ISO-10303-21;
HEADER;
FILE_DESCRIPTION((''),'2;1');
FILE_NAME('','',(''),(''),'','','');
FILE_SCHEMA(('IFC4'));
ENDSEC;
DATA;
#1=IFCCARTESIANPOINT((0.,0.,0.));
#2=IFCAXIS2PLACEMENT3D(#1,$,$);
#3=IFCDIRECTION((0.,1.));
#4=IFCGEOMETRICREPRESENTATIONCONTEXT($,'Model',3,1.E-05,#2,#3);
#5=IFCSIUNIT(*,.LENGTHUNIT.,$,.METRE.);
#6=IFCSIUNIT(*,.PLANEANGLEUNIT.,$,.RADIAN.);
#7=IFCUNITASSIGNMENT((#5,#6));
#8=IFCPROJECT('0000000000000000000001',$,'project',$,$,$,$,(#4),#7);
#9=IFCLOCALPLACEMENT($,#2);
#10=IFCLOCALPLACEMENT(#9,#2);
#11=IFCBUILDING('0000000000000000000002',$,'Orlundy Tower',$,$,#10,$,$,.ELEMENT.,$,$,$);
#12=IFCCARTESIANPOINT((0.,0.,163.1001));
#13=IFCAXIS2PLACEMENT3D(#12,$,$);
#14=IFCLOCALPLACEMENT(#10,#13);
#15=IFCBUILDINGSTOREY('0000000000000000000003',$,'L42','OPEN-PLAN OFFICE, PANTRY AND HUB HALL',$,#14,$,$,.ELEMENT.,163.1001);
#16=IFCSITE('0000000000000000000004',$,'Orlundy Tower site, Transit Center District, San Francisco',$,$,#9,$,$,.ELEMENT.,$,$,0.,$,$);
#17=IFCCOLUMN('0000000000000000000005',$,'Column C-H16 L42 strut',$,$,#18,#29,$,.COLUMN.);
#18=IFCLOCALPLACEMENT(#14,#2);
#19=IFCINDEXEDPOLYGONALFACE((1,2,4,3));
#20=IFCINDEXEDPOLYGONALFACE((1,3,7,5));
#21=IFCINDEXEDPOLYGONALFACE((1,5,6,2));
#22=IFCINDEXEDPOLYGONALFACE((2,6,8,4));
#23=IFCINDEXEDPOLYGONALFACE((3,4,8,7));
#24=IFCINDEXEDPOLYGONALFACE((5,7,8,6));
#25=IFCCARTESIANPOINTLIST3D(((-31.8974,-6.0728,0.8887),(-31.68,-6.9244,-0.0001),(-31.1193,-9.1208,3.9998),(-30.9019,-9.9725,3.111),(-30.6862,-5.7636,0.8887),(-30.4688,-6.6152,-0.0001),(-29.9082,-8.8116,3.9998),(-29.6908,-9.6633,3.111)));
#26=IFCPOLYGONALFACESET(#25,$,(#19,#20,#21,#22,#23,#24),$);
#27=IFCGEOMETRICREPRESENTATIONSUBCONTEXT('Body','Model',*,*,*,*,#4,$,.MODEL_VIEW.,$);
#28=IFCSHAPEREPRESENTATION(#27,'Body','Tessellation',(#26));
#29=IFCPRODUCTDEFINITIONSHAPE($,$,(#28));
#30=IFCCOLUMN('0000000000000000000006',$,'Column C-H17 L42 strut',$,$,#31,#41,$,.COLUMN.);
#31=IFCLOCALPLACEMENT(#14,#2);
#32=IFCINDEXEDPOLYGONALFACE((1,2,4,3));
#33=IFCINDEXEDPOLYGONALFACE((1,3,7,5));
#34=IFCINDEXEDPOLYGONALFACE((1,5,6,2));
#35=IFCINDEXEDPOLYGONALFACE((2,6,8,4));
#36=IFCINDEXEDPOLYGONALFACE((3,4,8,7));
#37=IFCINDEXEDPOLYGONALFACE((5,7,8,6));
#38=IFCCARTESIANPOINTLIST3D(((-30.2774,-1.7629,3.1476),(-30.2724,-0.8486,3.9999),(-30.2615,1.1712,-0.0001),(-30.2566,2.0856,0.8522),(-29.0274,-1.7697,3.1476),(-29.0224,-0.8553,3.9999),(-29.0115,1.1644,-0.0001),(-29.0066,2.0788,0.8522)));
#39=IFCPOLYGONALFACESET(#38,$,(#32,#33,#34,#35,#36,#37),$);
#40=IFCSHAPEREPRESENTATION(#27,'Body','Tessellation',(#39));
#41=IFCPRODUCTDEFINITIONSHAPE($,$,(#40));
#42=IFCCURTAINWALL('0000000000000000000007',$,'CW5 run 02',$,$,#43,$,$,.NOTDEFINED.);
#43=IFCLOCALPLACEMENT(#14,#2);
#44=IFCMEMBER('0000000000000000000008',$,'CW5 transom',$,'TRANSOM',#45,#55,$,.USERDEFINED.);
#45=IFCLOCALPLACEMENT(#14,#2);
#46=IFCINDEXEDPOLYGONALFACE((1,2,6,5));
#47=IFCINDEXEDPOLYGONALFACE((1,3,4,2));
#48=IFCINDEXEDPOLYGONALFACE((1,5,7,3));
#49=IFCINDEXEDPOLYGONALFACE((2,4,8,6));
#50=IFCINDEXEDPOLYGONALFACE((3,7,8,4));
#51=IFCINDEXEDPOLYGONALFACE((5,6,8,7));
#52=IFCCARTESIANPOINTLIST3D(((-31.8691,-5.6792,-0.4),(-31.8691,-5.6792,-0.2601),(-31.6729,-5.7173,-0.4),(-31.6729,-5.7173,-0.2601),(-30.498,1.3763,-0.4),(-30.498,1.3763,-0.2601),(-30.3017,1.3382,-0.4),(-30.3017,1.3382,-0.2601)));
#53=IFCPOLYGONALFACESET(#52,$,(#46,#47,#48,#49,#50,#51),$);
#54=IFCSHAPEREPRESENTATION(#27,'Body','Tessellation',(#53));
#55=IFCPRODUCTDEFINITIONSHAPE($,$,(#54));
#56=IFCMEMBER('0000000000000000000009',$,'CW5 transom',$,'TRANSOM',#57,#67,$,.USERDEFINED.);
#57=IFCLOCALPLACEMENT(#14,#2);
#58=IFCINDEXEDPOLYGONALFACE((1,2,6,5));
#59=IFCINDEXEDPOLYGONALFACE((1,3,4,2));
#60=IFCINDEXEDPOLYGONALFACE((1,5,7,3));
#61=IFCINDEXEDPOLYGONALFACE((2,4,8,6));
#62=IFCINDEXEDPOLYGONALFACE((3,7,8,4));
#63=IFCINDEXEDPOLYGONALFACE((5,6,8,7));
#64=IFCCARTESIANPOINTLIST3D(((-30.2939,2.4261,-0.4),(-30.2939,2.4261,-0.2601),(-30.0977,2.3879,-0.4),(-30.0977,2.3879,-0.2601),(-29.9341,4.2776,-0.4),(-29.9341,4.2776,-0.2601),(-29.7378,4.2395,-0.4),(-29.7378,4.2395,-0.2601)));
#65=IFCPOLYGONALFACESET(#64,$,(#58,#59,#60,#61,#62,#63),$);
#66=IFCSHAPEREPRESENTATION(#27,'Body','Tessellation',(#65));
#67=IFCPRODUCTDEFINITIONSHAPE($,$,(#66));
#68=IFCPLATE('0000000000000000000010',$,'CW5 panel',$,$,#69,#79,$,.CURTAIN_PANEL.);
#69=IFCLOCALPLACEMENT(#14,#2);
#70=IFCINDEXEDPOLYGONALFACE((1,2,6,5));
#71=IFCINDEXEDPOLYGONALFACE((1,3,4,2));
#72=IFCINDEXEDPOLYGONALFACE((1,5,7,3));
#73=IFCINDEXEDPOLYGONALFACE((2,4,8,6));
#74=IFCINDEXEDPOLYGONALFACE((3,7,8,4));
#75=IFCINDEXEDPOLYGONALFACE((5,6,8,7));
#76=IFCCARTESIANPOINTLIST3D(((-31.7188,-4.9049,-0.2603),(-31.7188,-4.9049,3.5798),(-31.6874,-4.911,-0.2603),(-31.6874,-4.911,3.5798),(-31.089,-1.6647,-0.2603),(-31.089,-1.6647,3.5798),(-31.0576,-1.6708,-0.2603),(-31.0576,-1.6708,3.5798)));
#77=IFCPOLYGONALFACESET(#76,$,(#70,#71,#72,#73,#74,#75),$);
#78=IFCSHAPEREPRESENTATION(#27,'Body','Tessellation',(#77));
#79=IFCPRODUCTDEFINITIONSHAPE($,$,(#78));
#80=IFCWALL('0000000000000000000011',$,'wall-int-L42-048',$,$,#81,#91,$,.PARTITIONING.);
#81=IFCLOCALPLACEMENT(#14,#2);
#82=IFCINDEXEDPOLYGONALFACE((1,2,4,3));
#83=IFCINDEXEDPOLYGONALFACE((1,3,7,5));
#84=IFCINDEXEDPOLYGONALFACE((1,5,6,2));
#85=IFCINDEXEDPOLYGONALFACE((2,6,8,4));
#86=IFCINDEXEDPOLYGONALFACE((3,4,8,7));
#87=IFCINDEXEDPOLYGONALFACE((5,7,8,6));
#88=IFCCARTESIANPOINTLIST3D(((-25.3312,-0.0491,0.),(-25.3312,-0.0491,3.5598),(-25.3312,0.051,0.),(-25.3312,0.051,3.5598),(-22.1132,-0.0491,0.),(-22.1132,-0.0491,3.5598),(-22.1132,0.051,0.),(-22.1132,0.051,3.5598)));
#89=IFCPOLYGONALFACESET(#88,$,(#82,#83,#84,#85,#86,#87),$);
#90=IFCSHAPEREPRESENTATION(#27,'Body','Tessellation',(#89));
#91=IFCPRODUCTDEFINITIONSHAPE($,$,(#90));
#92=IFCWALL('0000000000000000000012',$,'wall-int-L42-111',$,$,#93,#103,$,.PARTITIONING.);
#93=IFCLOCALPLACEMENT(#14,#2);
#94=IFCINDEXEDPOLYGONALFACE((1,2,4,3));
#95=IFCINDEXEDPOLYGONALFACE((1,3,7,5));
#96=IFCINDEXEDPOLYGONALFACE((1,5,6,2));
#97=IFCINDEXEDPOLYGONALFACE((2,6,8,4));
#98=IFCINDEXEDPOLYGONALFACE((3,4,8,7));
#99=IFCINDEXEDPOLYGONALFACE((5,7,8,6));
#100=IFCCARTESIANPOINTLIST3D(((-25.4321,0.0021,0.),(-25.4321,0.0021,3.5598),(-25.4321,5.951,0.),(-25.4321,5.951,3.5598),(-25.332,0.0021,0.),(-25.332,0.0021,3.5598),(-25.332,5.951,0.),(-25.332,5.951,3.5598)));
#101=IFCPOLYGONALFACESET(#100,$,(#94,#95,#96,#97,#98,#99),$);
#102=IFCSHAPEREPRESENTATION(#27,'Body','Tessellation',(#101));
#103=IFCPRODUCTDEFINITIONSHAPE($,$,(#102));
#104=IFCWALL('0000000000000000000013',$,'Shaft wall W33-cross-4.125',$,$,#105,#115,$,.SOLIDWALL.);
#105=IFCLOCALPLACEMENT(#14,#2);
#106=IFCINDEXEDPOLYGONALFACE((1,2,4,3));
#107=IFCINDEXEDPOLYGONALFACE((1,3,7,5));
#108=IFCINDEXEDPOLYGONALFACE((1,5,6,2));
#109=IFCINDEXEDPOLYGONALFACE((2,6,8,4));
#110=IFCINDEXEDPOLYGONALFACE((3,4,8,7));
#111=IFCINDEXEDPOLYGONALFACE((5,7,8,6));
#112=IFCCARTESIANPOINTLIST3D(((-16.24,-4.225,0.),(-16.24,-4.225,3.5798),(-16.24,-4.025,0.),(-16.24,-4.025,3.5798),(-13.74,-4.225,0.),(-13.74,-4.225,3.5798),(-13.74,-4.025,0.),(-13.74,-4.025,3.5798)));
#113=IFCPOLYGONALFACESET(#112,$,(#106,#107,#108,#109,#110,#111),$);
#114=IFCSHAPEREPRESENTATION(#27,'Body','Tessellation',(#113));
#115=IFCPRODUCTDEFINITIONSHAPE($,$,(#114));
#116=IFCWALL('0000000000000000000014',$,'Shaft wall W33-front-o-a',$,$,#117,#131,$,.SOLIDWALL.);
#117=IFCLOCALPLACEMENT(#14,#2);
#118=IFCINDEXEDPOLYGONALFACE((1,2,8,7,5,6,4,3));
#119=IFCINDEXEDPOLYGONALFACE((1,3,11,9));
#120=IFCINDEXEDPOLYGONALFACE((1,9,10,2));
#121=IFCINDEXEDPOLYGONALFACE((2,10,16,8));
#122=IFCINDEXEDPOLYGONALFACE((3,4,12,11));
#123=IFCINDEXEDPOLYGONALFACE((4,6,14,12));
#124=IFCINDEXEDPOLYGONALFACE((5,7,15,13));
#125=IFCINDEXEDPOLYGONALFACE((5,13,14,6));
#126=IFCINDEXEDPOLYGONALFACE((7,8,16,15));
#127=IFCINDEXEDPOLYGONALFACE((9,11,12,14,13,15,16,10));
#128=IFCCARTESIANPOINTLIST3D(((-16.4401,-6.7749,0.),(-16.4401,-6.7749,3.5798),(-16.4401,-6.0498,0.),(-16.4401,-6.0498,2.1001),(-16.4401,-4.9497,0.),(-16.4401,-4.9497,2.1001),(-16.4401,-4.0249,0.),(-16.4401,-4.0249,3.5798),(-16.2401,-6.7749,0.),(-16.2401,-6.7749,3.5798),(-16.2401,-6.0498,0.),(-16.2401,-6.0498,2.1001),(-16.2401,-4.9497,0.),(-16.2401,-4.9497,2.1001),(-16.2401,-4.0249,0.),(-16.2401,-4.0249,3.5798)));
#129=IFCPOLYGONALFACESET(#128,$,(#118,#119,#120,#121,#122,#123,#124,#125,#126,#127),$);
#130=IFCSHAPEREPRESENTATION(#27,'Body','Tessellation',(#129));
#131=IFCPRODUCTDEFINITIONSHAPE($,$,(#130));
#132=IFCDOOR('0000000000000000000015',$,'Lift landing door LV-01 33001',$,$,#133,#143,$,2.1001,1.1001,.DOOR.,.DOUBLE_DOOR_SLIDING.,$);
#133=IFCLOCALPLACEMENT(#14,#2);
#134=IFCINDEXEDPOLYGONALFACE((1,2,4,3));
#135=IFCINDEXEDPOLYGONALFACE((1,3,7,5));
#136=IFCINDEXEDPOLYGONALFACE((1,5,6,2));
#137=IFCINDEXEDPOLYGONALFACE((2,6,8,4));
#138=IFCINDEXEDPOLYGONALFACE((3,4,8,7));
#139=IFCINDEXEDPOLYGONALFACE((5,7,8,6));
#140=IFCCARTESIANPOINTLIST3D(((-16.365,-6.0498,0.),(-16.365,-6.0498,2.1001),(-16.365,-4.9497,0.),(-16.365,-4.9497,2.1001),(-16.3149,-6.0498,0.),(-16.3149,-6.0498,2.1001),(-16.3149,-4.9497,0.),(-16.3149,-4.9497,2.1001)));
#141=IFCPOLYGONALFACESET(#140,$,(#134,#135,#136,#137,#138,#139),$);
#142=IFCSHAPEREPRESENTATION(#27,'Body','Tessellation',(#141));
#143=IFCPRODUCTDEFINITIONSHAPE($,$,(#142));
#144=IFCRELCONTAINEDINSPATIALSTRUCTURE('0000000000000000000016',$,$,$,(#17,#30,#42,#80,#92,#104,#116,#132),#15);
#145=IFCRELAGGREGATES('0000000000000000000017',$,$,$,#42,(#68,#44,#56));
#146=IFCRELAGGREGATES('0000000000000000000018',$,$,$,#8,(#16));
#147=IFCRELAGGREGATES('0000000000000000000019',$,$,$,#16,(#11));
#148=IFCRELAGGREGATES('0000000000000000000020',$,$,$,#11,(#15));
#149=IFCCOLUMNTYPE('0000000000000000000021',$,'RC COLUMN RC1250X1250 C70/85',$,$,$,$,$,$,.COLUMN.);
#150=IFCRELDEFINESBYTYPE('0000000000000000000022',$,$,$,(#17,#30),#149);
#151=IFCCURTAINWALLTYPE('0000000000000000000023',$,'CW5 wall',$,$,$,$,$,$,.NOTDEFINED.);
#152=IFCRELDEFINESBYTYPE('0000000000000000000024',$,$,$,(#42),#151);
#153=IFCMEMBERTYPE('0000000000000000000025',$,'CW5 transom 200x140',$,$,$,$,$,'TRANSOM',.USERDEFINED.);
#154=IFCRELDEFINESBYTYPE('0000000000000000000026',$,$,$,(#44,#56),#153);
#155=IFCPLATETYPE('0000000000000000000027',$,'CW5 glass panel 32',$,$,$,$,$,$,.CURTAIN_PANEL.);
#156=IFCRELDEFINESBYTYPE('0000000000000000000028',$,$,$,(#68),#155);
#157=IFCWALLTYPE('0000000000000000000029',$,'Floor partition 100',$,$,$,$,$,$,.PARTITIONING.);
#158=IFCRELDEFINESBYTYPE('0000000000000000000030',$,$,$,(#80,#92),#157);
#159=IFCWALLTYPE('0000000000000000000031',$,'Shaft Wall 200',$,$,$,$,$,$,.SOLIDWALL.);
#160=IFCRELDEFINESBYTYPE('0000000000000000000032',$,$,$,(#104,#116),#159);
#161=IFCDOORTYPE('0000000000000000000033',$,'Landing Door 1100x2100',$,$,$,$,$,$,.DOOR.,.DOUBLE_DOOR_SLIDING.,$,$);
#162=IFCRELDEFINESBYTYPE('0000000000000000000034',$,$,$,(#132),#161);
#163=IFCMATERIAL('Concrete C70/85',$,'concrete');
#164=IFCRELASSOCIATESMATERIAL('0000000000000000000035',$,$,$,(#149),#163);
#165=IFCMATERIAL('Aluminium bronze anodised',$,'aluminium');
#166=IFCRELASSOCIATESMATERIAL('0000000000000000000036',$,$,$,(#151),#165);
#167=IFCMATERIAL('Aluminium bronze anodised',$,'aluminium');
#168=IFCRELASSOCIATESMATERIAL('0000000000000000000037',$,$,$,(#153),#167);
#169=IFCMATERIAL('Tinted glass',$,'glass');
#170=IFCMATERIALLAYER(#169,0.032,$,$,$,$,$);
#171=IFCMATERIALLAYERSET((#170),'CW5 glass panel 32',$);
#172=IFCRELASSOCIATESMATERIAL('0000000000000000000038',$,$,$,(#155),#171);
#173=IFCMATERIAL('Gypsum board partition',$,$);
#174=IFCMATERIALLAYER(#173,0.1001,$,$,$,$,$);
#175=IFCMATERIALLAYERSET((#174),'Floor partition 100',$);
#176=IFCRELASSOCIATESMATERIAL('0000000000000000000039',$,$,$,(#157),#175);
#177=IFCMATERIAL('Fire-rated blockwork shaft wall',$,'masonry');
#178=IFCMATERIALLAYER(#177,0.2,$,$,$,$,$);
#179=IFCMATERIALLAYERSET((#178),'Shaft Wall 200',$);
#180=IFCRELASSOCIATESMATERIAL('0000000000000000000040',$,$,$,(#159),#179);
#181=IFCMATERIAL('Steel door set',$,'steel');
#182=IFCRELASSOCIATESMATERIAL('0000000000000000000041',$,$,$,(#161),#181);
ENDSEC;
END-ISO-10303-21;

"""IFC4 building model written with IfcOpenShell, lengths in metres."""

from ifc_helpers import new_model, si_unit, direction, frame, frame_2d, origin, origin_2d, place, context, subcontext, project, spatial, rectangle, extrude, material, layer, layer_set, material_profile, profile_set, type_object, element, fill, aggregate, save


model = new_model("IFC4")

# Units and contexts
model_context = context("Model", 3, precision=1e-05, world=origin(), true_north=direction((0.0, 1.0)))
body_context = subcontext(model_context, "Body", "Model", "MODEL_VIEW")
ifc_project = project(units=[si_unit("LENGTHUNIT", "METRE"), si_unit("PLANEANGLEUNIT", "RADIAN")], contexts=[model_context])

# Site, building, storey
site_placement = place(None, origin())
site = spatial("IfcSite", under=ifc_project, at=site_placement, Name="Orlundy Tower site, Transit Center District, San Francisco", CompositionType="ELEMENT", RefElevation=0.0)
building_placement = place(site_placement, origin())
building = spatial("IfcBuilding", under=site, at=building_placement, Name="Orlundy Tower", CompositionType="ELEMENT")
storey_placement = place(building_placement, frame((0.0, 0.0, 163.1001)))
storey = spatial("IfcBuildingStorey", under=building, at=storey_placement, Name="L42", Description="OPEN-PLAN OFFICE, PANTRY AND HUB HALL", CompositionType="ELEMENT", Elevation=163.1001)

# Columns
ifc_material_1 = material(Name="Concrete C70/85", Category="concrete")
ifc_material_profile_1 = material_profile(ifc_material_1, rectangle(XDim=1.25, YDim=1.25, at=origin_2d()), Name="RC1250X1250")
ifc_profile_set_1 = profile_set([ifc_material_profile_1], Name="Concrete C70/85")
column_type = type_object("IfcColumnType", Name="RC COLUMN RC1250X1250 C70/85", PredefinedType="COLUMN", material=ifc_profile_set_1)
column_1_placement = place(storey_placement, frame((-31.1831, -6.344, 0.4443), z_axis=(0.175861, -0.688932, 0.703168), x_axis=(0.96893, 0.247335, 0.0)))
element("IfcColumn", 1, at=column_1_placement, inside=storey, type_object=column_type, Name="Column C-H16 L42 strut", PredefinedType="COLUMN", context=body_context, shape_type="SweptSolid", body=[
    extrude(rectangle(XDim=1.25, YDim=1.25, at=origin_2d()), origin(), (0.0, 0.0, 1.0), 4.4243),
])
column_2_placement = place(storey_placement, frame((-29.634, 1.625, 0.426), z_axis=(-0.003688, -0.681844, 0.731488), x_axis=(0.999985, -0.005408, 0.0)))
element("IfcColumn", 2, at=column_2_placement, inside=storey, type_object=column_type, Name="Column C-H17 L42 strut", PredefinedType="COLUMN", context=body_context, shape_type="SweptSolid", body=[
    extrude(rectangle(XDim=1.25, YDim=1.25, at=origin_2d()), origin(), (0.0, 0.0, 1.0), 4.3032),
])

# Curtain wall, members, plate
ifc_material_2 = material(Name="Aluminium bronze anodised", Category="aluminium")
curtain_wall_type = type_object("IfcCurtainWallType", Name="CW5 wall", PredefinedType="NOTDEFINED", material=ifc_material_2)
curtain_wall_placement = place(storey_placement, origin())
curtain_wall = element("IfcCurtainWall", 3, at=curtain_wall_placement, inside=storey, type_object=curtain_wall_type, Name="CW5 run 02", PredefinedType="NOTDEFINED")
ifc_material_3 = material(Name="Aluminium bronze anodised", Category="aluminium")
ifc_material_profile_2 = material_profile(ifc_material_3, rectangle(XDim=0.2, YDim=0.1399, at=origin_2d()), Name="CW5 transom 200x140")
ifc_profile_set_2 = profile_set([ifc_material_profile_2], Name="Aluminium bronze anodised")
member_type = type_object("IfcMemberType", Name="CW5 transom 200x140", ElementType="TRANSOM", PredefinedType="USERDEFINED", material=ifc_profile_set_2)
member_1_placement = place(storey_placement, frame((-31.771, -5.6982, -0.3301), z_axis=(0.190763, 0.981636, 0.0), x_axis=(-0.981636, 0.190763, 0.0)))
member_1 = element("IfcMember", 4, at=member_1_placement, type_object=member_type, Name="CW5 transom", ObjectType="TRANSOM", PredefinedType="USERDEFINED", context=body_context, shape_type="SweptSolid", body=[
    extrude(rectangle(XDim=0.2, YDim=0.1399, at=origin_2d()), origin(), (0.0, 0.0, 1.0), 7.1875),
])
member_2_placement = place(storey_placement, frame((-30.1958, 2.407, -0.3301), z_axis=(0.190787, 0.981632, 0.0), x_axis=(-0.981632, 0.190787, 0.0)))
member_2 = element("IfcMember", 5, at=member_2_placement, type_object=member_type, Name="CW5 transom", ObjectType="TRANSOM", PredefinedType="USERDEFINED", context=body_context, shape_type="SweptSolid", body=[
    extrude(rectangle(XDim=0.2, YDim=0.1399, at=origin_2d()), origin(), (0.0, 0.0, 1.0), 1.8862),
])
ifc_material_4 = material(Name="Tinted glass", Category="glass")
ifc_layer_1 = layer(ifc_material_4, 0.032)
ifc_layer_set_1 = layer_set([ifc_layer_1], Name="CW5 glass panel 32")
plate_type = type_object("IfcPlateType", Name="CW5 glass panel 32", PredefinedType="CURTAIN_PANEL", material=ifc_layer_set_1)
plate_placement = place(storey_placement, frame((-31.3882, -3.2878, -0.2603), z_axis=(0.0, 0.0, 1.0), x_axis=(0.190789, 0.981631, 0.0)))
plate = element("IfcPlate", 6, at=plate_placement, type_object=plate_type, Name="CW5 panel", PredefinedType="CURTAIN_PANEL", context=body_context, shape_type="SweptSolid", body=[
    extrude(rectangle(XDim=3.3008, YDim=0.032, at=origin_2d()), origin(), (0.0, 0.0, 1.0), 3.8401),
])
aggregate(curtain_wall, [plate, member_1, member_2])

# Walls
ifc_material_5 = material(Name="Gypsum board partition")
ifc_layer_2 = layer(ifc_material_5, 0.1001)
ifc_layer_set_2 = layer_set([ifc_layer_2], Name="Floor partition 100")
wall_type_1 = type_object("IfcWallType", Name="Floor partition 100", PredefinedType="PARTITIONING", material=ifc_layer_set_2)
wall_1_placement = place(storey_placement, frame((-25.3311, 0.001, 0.0), z_axis=(0.0, 0.0, 1.0), x_axis=(1.0, 0.0, 0.0)))
element("IfcWall", 7, at=wall_1_placement, inside=storey, type_object=wall_type_1, Name="wall-int-L42-048", PredefinedType="PARTITIONING", context=body_context, shape_type="SweptSolid", body=[
    extrude(rectangle(XDim=3.218, YDim=0.1001, at=frame_2d((1.6089, 0.0))), origin(), (0.0, 0.0, 1.0), 3.5598),
])
wall_2_placement = place(storey_placement, frame((-25.3821, 0.002, 0.0), z_axis=(0.0, 0.0, 1.0), x_axis=(0.0, 1.0, 0.0)))
element("IfcWall", 8, at=wall_2_placement, inside=storey, type_object=wall_type_1, Name="wall-int-L42-111", PredefinedType="PARTITIONING", context=body_context, shape_type="SweptSolid", body=[
    extrude(rectangle(XDim=5.949, YDim=0.1001, at=frame_2d((2.9746, 0.0))), origin(), (0.0, 0.0, 1.0), 3.5598),
])
ifc_material_6 = material(Name="Fire-rated blockwork shaft wall", Category="masonry")
ifc_layer_3 = layer(ifc_material_6, 0.2)
ifc_layer_set_3 = layer_set([ifc_layer_3], Name="Shaft Wall 200")
wall_type_2 = type_object("IfcWallType", Name="Shaft Wall 200", PredefinedType="SOLIDWALL", material=ifc_layer_set_3)
wall_3_placement = place(storey_placement, frame((-13.74, -4.125, 0.0), z_axis=(0.0, 0.0, 1.0), x_axis=(-1.0, 0.0, 0.0)))
element("IfcWall", 9, at=wall_3_placement, inside=storey, type_object=wall_type_2, Name="Shaft wall W33-cross-4.125", PredefinedType="SOLIDWALL", context=body_context, shape_type="SweptSolid", body=[
    extrude(rectangle(XDim=2.5, YDim=0.2, at=frame_2d((1.25, 0.0))), origin(), (0.0, 0.0, 1.0), 3.5798),
])

# Wall, opening, door
wall_4_placement = place(storey_placement, frame((-16.3401, -6.7749, 0.0), z_axis=(0.0, 0.0, 1.0), x_axis=(0.0, 1.0, 0.0)))
wall_4 = element("IfcWall", 10, at=wall_4_placement, inside=storey, type_object=wall_type_2, Name="Shaft wall W33-front-o-a", PredefinedType="SOLIDWALL", context=body_context, shape_type="SweptSolid", body=[
    extrude(rectangle(XDim=2.75, YDim=0.2, at=frame_2d((1.375, 0.0))), origin(), (0.0, 0.0, 1.0), 3.5798),
])
opening_1_placement = place(wall_4_placement, frame((0.7251, 0.0, 0.0)))
opening_1 = element("IfcOpeningElement", 11, at=opening_1_placement, cuts=wall_4, PredefinedType="OPENING", context=body_context, shape_type="SweptSolid", body=[
    extrude(rectangle(XDim=1.1001, YDim=2.1001, at=frame_2d((0.55, 1.05))), frame((0.0, 0.1101, 0.0), z_axis=(0.0, -1.0, 0.0), x_axis=(1.0, 0.0, 0.0)), (0.0, 0.0, 1.0), 0.2202),
])
ifc_material_7 = material(Name="Steel door set", Category="steel")
door_type = type_object("IfcDoorType", Name="Landing Door 1100x2100", OperationType="DOUBLE_DOOR_SLIDING", PredefinedType="DOOR", material=ifc_material_7)
door_1_placement = place(opening_1_placement, origin())
door_1 = element("IfcDoor", 12, at=door_1_placement, inside=storey, type_object=door_type, Name="Lift landing door LV-01 33001", OperationType="DOUBLE_DOOR_SLIDING", OverallHeight=2.1001, OverallWidth=1.1001, PredefinedType="DOOR", context=body_context, shape_type="SweptSolid", body=[
    extrude(rectangle(XDim=1.1001, YDim=2.1001, at=frame_2d((0.55, 1.05))), frame((0.0, 0.0249, 0.0), z_axis=(0.0, -1.0, 0.0), x_axis=(1.0, 0.0, 0.0)), (0.0, 0.0, 1.0), 0.05),
])
fill(opening_1, door_1)

save(model, "model.ifc")
